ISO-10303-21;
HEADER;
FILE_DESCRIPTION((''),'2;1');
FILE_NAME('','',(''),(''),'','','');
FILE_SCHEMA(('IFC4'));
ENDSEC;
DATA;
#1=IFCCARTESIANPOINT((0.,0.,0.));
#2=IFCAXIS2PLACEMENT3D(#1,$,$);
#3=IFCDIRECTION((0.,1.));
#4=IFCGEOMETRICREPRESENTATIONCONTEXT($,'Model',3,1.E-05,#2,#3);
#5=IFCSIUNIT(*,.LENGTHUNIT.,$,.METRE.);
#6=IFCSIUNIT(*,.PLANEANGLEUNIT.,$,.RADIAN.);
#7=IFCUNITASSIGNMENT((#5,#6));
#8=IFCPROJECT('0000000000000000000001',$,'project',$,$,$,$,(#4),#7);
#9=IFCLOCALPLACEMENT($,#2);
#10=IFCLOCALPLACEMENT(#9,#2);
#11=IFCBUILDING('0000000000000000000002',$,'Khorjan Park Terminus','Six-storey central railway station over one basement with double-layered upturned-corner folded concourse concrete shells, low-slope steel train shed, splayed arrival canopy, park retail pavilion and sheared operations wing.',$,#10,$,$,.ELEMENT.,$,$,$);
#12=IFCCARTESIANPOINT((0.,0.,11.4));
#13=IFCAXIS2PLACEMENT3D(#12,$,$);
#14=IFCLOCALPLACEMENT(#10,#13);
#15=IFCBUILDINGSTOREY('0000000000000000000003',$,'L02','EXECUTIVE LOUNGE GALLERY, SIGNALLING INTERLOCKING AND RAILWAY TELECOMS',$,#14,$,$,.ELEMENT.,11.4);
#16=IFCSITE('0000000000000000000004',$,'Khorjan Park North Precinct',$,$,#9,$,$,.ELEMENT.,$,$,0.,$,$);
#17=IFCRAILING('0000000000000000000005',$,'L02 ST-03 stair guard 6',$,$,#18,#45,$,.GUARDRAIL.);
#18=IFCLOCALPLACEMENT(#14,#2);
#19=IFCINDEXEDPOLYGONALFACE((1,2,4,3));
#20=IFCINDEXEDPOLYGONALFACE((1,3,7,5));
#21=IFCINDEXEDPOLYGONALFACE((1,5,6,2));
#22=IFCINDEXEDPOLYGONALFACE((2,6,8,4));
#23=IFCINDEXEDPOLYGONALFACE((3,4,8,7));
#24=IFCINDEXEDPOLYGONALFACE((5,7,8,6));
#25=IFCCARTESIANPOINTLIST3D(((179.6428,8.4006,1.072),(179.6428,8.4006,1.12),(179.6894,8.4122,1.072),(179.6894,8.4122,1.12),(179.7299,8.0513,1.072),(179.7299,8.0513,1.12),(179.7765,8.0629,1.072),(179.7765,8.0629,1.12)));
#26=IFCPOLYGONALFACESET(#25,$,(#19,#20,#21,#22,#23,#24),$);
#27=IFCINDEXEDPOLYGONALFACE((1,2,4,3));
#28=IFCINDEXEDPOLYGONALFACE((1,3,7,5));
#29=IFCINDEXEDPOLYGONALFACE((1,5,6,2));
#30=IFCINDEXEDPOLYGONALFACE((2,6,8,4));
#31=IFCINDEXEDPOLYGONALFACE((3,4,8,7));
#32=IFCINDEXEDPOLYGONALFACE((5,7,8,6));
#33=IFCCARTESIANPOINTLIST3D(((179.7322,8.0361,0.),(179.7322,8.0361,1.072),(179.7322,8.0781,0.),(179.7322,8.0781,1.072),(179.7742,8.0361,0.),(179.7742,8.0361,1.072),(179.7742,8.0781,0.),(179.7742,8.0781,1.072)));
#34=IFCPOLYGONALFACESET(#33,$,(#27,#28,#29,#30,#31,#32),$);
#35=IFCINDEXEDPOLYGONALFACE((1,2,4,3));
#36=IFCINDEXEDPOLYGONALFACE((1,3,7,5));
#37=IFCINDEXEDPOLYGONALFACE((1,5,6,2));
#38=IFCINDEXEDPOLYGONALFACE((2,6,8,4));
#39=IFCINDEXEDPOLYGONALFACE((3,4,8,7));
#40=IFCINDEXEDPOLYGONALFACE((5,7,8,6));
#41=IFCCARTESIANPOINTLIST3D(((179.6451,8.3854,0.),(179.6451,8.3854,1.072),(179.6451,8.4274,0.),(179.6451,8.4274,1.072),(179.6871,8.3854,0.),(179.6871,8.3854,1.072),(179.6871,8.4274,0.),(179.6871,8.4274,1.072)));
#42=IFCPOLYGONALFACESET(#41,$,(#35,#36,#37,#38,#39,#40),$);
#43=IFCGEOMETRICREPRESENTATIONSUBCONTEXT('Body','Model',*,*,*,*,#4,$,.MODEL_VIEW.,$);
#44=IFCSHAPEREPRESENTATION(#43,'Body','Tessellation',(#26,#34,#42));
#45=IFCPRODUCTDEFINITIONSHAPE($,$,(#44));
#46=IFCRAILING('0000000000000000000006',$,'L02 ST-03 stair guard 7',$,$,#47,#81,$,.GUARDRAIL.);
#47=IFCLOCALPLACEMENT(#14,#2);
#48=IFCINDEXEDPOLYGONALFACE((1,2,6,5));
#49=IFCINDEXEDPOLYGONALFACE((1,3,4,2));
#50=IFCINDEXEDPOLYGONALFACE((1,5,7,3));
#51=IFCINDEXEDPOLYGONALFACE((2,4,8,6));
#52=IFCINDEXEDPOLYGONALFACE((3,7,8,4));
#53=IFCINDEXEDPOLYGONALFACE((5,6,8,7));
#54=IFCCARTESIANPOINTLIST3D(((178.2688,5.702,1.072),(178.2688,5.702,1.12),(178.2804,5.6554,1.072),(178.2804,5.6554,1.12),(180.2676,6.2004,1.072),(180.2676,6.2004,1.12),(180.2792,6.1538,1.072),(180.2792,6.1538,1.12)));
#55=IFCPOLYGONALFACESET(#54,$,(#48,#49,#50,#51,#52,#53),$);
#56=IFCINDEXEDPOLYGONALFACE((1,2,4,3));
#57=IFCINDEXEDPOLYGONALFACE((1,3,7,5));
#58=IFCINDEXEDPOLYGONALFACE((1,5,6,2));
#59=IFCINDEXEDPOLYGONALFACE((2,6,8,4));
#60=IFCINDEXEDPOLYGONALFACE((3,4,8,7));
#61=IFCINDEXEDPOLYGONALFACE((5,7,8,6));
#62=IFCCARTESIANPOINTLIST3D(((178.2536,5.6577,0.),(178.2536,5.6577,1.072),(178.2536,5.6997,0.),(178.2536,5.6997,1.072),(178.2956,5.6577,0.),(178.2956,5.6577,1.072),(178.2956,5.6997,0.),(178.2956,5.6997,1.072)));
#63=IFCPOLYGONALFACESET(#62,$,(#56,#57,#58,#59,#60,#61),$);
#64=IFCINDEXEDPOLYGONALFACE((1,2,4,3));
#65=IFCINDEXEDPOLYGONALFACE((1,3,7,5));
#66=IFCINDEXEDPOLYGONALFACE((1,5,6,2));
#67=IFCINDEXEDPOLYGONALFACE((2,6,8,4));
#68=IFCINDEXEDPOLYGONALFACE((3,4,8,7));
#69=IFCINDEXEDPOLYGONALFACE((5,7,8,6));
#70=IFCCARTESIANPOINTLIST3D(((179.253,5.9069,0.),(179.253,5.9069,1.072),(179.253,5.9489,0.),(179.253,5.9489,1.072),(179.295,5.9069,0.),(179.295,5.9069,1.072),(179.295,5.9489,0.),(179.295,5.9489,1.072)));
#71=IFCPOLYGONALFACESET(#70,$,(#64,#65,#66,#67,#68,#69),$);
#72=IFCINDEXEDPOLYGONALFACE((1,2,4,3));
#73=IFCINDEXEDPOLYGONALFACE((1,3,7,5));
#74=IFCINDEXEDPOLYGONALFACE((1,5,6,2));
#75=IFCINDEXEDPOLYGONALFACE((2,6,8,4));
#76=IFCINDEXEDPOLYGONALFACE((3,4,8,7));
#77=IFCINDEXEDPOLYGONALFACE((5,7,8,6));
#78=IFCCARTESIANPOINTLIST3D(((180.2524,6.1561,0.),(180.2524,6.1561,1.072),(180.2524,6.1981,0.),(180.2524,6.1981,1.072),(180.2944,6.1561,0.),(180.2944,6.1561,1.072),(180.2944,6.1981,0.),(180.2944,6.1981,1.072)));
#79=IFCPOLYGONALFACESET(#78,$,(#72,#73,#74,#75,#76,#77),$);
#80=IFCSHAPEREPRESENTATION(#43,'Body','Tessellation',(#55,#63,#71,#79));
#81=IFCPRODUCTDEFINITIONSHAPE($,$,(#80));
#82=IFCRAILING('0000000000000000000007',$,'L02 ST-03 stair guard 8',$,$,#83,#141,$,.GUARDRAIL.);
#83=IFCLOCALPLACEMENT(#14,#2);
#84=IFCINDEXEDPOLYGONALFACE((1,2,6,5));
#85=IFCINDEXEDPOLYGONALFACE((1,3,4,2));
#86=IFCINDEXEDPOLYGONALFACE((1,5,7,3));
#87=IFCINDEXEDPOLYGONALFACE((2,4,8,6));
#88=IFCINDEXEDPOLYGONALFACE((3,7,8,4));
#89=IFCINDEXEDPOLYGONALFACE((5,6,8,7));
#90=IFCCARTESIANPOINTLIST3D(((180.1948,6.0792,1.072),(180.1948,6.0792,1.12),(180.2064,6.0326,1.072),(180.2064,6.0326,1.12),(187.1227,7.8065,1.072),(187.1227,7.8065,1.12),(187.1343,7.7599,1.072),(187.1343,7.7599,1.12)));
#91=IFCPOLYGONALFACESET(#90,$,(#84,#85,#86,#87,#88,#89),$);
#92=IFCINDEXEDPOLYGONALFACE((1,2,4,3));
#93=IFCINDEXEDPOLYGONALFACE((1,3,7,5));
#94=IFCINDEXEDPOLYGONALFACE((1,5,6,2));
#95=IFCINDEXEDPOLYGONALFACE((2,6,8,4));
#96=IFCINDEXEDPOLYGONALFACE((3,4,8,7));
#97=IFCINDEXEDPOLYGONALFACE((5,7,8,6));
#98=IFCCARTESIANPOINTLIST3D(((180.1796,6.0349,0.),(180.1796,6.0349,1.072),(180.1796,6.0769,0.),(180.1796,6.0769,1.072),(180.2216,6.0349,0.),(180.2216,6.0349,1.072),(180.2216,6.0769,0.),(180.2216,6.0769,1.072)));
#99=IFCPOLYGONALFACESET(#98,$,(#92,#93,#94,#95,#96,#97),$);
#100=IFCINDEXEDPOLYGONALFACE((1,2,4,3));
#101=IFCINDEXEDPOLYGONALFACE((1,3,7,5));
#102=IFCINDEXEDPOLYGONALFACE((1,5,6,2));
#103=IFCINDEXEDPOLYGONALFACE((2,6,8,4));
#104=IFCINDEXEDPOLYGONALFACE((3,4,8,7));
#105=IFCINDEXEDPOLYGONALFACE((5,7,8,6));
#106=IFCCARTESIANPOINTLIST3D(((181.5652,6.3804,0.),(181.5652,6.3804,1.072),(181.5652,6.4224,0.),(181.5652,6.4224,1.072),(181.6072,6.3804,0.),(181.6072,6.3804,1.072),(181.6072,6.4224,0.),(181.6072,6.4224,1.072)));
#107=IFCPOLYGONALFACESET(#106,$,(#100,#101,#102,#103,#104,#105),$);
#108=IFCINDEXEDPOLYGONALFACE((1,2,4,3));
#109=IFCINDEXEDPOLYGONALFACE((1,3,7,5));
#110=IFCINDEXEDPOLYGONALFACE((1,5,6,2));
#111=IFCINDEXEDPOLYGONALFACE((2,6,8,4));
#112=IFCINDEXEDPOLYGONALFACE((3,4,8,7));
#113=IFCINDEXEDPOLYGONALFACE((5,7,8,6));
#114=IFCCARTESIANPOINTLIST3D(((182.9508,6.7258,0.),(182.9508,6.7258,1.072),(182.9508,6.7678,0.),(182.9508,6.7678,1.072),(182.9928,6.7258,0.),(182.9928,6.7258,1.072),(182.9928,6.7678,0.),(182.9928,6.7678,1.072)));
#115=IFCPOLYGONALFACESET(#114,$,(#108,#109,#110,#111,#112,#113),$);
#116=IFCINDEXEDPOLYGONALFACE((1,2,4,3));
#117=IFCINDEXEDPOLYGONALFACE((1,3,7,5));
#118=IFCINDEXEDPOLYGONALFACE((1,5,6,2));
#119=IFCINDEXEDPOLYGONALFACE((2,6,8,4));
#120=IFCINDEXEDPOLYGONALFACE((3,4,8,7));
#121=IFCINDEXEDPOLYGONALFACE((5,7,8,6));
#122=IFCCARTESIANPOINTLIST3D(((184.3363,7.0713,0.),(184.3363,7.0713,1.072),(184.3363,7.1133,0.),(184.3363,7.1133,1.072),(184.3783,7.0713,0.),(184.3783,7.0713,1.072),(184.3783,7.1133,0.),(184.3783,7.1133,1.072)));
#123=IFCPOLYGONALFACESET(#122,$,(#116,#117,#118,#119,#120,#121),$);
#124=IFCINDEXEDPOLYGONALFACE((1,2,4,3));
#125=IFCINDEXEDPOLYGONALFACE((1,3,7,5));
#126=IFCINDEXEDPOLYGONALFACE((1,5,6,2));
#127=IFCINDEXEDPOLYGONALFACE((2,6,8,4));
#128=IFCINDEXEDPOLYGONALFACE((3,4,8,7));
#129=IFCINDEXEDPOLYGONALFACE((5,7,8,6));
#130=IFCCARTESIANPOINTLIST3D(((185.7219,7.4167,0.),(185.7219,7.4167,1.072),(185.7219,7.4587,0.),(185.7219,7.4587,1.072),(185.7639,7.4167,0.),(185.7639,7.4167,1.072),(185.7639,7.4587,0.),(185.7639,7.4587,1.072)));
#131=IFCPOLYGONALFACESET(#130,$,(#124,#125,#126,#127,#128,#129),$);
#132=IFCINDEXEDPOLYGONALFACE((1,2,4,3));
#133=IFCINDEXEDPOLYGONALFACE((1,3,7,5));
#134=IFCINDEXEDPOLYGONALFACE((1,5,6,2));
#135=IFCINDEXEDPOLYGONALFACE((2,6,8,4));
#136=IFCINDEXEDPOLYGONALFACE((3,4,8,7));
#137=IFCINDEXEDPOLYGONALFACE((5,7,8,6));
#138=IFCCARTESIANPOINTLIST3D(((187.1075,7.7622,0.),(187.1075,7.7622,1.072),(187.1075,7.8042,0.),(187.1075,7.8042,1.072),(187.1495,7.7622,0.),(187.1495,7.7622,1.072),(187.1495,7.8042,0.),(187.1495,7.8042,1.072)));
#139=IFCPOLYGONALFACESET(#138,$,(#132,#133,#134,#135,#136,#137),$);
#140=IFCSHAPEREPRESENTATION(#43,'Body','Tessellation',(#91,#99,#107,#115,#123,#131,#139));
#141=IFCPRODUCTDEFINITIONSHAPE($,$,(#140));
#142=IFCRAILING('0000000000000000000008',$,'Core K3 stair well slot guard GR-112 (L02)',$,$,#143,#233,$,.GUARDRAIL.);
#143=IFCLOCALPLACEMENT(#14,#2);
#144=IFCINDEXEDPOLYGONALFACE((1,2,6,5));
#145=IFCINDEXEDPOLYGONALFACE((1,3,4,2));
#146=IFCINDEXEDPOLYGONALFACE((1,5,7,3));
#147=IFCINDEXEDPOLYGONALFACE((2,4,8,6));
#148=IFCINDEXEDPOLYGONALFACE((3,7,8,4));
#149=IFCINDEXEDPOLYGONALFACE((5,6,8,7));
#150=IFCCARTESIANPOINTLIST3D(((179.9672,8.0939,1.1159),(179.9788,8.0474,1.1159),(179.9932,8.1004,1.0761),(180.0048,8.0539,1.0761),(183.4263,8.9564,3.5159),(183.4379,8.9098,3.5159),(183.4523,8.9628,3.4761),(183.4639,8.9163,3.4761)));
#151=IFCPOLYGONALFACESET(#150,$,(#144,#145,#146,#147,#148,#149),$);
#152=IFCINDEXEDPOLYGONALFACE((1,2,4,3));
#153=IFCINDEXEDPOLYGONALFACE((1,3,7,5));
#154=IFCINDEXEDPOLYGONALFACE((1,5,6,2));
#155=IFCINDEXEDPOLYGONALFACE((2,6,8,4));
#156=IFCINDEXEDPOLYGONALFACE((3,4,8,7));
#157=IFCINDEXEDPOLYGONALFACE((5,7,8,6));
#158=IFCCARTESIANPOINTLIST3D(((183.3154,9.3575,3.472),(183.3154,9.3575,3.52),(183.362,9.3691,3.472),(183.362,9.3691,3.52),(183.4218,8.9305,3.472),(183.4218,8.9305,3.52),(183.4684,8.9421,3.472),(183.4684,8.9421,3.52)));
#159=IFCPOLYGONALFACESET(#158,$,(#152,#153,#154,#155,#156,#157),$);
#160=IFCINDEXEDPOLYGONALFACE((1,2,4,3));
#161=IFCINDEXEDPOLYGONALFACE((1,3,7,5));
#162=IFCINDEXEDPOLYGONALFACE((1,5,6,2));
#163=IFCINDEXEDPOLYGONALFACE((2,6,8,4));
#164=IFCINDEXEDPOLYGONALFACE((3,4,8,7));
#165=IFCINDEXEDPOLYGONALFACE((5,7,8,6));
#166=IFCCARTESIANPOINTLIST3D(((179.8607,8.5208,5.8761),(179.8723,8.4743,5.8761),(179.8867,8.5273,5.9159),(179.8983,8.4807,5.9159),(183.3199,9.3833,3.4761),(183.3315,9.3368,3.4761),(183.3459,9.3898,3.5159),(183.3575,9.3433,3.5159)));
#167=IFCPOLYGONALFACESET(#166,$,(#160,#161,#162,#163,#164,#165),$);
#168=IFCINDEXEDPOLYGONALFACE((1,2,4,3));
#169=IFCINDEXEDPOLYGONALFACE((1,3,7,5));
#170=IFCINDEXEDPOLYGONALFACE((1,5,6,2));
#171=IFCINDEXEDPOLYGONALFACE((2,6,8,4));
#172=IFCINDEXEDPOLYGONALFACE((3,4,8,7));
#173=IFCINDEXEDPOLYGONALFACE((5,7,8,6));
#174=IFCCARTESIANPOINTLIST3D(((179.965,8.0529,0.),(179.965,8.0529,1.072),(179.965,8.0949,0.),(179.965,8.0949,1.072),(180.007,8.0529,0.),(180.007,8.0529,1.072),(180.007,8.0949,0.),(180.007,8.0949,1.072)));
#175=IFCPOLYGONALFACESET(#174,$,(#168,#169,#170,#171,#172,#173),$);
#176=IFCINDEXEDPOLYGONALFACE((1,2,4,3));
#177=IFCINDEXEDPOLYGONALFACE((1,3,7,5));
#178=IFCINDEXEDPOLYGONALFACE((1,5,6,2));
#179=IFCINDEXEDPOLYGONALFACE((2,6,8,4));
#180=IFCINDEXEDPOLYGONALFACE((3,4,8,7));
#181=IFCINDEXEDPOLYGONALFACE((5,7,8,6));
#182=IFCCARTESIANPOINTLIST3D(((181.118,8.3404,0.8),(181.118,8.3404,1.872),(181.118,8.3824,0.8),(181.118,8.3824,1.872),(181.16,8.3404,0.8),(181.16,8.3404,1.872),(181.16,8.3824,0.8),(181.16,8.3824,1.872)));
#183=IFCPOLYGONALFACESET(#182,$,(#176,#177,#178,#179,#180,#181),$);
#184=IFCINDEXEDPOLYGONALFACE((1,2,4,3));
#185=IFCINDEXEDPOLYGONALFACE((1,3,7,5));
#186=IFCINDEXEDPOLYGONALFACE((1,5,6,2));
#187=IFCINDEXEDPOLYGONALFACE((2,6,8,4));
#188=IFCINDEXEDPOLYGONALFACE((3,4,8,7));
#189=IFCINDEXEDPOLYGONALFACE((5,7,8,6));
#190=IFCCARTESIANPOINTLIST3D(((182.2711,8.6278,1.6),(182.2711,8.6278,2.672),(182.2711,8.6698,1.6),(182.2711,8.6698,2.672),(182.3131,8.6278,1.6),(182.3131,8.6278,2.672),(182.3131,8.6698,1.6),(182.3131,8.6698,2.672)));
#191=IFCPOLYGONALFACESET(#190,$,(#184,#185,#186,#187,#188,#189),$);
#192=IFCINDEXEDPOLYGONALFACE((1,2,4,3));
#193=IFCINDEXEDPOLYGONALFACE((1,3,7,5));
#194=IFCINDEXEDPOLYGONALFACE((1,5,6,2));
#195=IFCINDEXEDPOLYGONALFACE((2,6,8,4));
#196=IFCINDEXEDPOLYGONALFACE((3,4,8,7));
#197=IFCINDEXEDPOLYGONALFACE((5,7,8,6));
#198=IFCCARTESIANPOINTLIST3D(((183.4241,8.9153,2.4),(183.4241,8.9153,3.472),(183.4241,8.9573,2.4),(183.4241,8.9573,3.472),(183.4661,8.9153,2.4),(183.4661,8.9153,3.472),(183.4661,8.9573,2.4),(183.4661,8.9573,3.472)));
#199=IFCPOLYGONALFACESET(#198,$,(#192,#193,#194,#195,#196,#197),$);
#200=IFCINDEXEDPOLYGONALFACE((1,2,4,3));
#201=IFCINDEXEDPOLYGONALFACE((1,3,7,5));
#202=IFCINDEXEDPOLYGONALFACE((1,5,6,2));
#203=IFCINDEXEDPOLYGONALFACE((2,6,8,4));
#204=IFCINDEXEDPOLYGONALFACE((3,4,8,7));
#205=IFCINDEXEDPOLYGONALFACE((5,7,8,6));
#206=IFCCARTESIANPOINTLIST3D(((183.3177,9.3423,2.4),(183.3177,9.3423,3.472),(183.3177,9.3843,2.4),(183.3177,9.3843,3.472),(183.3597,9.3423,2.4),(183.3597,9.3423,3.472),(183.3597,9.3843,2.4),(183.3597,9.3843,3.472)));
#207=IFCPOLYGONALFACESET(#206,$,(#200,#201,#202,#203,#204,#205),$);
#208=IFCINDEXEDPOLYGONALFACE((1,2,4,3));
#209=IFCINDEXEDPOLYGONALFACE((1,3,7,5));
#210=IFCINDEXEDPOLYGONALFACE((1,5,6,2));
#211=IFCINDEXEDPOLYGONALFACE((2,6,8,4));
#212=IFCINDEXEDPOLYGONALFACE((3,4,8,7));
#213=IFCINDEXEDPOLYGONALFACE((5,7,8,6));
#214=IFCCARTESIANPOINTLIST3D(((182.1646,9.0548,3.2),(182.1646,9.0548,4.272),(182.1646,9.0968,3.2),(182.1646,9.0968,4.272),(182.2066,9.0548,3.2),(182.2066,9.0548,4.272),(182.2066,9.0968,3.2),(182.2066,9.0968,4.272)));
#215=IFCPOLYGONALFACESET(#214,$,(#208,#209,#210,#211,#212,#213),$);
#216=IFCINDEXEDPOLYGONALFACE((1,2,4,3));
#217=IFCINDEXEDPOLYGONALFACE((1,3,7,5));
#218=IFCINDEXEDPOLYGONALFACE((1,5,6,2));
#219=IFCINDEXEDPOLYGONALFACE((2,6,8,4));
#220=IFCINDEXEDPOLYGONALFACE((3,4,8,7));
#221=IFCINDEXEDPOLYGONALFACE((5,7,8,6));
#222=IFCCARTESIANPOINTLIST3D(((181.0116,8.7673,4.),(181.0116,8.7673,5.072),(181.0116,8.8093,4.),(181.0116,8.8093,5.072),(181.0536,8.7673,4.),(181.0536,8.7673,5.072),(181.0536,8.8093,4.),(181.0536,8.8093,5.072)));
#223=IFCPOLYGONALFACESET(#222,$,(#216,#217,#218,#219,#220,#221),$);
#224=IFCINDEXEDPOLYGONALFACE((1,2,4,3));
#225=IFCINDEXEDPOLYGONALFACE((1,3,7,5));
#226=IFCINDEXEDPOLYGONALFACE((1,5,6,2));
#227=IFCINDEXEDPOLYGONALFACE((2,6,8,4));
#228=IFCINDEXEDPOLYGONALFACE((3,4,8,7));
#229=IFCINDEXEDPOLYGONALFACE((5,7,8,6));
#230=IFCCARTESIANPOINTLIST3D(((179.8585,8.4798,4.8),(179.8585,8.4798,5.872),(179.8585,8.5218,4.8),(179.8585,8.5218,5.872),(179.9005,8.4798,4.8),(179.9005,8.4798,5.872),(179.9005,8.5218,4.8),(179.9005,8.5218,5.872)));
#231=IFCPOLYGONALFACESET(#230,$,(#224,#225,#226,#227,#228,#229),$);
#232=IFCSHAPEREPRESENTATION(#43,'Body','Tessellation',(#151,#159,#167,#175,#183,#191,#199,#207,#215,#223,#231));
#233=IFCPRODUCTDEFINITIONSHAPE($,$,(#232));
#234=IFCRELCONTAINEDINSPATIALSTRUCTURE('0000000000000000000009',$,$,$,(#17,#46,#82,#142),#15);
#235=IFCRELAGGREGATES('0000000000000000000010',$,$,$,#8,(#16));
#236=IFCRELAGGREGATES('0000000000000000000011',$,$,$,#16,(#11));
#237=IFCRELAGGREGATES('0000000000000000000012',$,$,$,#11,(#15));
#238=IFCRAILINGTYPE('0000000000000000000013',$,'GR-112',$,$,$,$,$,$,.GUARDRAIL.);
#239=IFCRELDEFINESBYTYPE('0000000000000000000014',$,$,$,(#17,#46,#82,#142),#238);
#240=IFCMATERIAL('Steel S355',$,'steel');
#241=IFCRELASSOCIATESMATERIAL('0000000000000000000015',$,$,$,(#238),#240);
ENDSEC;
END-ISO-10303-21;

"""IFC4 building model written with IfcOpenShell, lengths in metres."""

from ifc_helpers import new_model, si_unit, direction, frame, origin, origin_2d, place, context, subcontext, project, spatial, rectangle, extrude, material, type_object, element, save


model = new_model("IFC4")

# Units and contexts
model_context = context("Model", 3, precision=1e-05, world=origin(), true_north=direction((0.0, 1.0)))
body_context = subcontext(model_context, "Body", "Model", "MODEL_VIEW")
ifc_project = project(units=[si_unit("LENGTHUNIT", "METRE"), si_unit("PLANEANGLEUNIT", "RADIAN")], contexts=[model_context])

# Site, building, storey
site_placement = place(None, origin())
site = spatial("IfcSite", under=ifc_project, at=site_placement, Name="Khorjan Park North Precinct", CompositionType="ELEMENT", RefElevation=0.0)
building_placement = place(site_placement, origin())
building = spatial("IfcBuilding", under=site, at=building_placement, Name="Khorjan Park Terminus", Description="Six-storey central railway station over one basement with double-layered upturned-corner folded concourse concrete shells, low-slope steel train shed, splayed arrival canopy, park retail pavilion and sheared operations wing.", CompositionType="ELEMENT")
storey_placement = place(building_placement, frame((0.0, 0.0, 11.4)))
storey = spatial("IfcBuildingStorey", under=building, at=storey_placement, Name="L02", Description="EXECUTIVE LOUNGE GALLERY, SIGNALLING INTERLOCKING AND RAILWAY TELECOMS", CompositionType="ELEMENT", Elevation=11.4)

# Shared definitions
ifc_material_1 = material(Name="Steel S355", Category="steel")

# Railings
railing_type_1 = type_object("IfcRailingType", Name="GR-112", PredefinedType="GUARDRAIL", material=ifc_material_1)
railing_1_placement = place(storey_placement, frame((179.7532, 8.0571, 0.0)))
element("IfcRailing", 1, at=railing_1_placement, inside=storey, type_object=railing_type_1, Name="L02 ST-03 stair guard 6", PredefinedType="GUARDRAIL", context=body_context, shape_type="SweptSolid", body=[
    extrude(rectangle(XDim=0.048, YDim=0.048, at=origin_2d()), frame((0.0, 0.0, 1.096), z_axis=(-0.241947, 0.970289, 0.0), x_axis=(-0.970289, -0.241947, 0.0)), (0.0, 0.0, 1.0), 0.36),
    extrude(rectangle(XDim=0.042, YDim=0.042, at=origin_2d()), origin(), (0.0, 0.0, 1.0), 1.072),
    extrude(rectangle(XDim=0.042, YDim=0.042, at=origin_2d()), frame((-0.0871, 0.3493, 0.0)), (0.0, 0.0, 1.0), 1.072),
])
railing_2_placement = place(storey_placement, frame((178.2746, 5.6787, 0.0)))
element("IfcRailing", 2, at=railing_2_placement, inside=storey, type_object=railing_type_1, Name="L02 ST-03 stair guard 7", PredefinedType="GUARDRAIL", context=body_context, shape_type="SweptSolid", body=[
    extrude(rectangle(XDim=0.048, YDim=0.048, at=origin_2d()), frame((0.0, 0.0, 1.096), z_axis=(0.970291, 0.241942, 0.0), x_axis=(-0.241942, 0.970291, 0.0)), (0.0, 0.0, 1.0), 2.06),
    extrude(rectangle(XDim=0.042, YDim=0.042, at=origin_2d()), origin(), (0.0, 0.0, 1.0), 1.072),
    extrude(rectangle(XDim=0.042, YDim=0.042, at=origin_2d()), frame((0.9994, 0.2492, 0.0)), (0.0, 0.0, 1.0), 1.072),
    extrude(rectangle(XDim=0.042, YDim=0.042, at=origin_2d()), frame((1.9988, 0.4984, 0.0)), (0.0, 0.0, 1.0), 1.072),
])
railing_3_placement = place(storey_placement, frame((180.2006, 6.0559, 0.0)))
element("IfcRailing", 3, at=railing_3_placement, inside=storey, type_object=railing_type_1, Name="L02 ST-03 stair guard 8", PredefinedType="GUARDRAIL", context=body_context, shape_type="SweptSolid", body=[
    extrude(rectangle(XDim=0.048, YDim=0.048, at=origin_2d()), frame((0.0, 0.0, 1.096), z_axis=(0.970296, 0.241919, 0.0), x_axis=(-0.241919, 0.970296, 0.0)), (0.0, 0.0, 1.0), 7.14),
    extrude(rectangle(XDim=0.042, YDim=0.042, at=origin_2d()), origin(), (0.0, 0.0, 1.0), 1.072),
    extrude(rectangle(XDim=0.042, YDim=0.042, at=origin_2d()), frame((1.3856, 0.3455, 0.0)), (0.0, 0.0, 1.0), 1.072),
    extrude(rectangle(XDim=0.042, YDim=0.042, at=origin_2d()), frame((2.7712, 0.6909, 0.0)), (0.0, 0.0, 1.0), 1.072),
    extrude(rectangle(XDim=0.042, YDim=0.042, at=origin_2d()), frame((4.1567, 1.0364, 0.0)), (0.0, 0.0, 1.0), 1.072),
    extrude(rectangle(XDim=0.042, YDim=0.042, at=origin_2d()), frame((5.5423, 1.3818, 0.0)), (0.0, 0.0, 1.0), 1.072),
    extrude(rectangle(XDim=0.042, YDim=0.042, at=origin_2d()), frame((6.9279, 1.7273, 0.0)), (0.0, 0.0, 1.0), 1.072),
])
railing_4_placement = place(storey_placement, frame((179.986, 8.0739, 0.0)))
element("IfcRailing", 4, at=railing_4_placement, inside=storey, type_object=railing_type_1, Name="Core K3 stair well slot guard GR-112 (L02)", PredefinedType="GUARDRAIL", context=body_context, shape_type="SweptSolid", body=[
    extrude(rectangle(XDim=0.048, YDim=0.048, at=origin_2d()), frame((0.0, 0.0, 1.096), z_axis=(0.804897, 0.200672, 0.558455), x_axis=(-0.241909, 0.970299, 0.0)), (0.0, 0.0, 1.0), 4.2976),
    extrude(rectangle(XDim=0.048, YDim=0.048, at=origin_2d()), frame((3.4591, 0.8624, 3.496), z_axis=(-0.241787, 0.970329, 0.0), x_axis=(-0.970329, -0.241787, 0.0)), (0.0, 0.0, 1.0), 0.4401),
    extrude(rectangle(XDim=0.048, YDim=0.048, at=origin_2d()), frame((3.3527, 1.2894, 3.496), z_axis=(-0.804901, -0.20069, 0.558442), x_axis=(0.241928, -0.970294, 0.0)), (0.0, 0.0, 1.0), 4.2977),
    extrude(rectangle(XDim=0.042, YDim=0.042, at=origin_2d()), origin(), (0.0, 0.0, 1.0), 1.072),
    extrude(rectangle(XDim=0.042, YDim=0.042, at=origin_2d()), frame((1.153, 0.2875, 0.8)), (0.0, 0.0, 1.0), 1.072),
    extrude(rectangle(XDim=0.042, YDim=0.042, at=origin_2d()), frame((2.3061, 0.5749, 1.6)), (0.0, 0.0, 1.0), 1.072),
    extrude(rectangle(XDim=0.042, YDim=0.042, at=origin_2d()), frame((3.4591, 0.8624, 2.4)), (0.0, 0.0, 1.0), 1.072),
    extrude(rectangle(XDim=0.042, YDim=0.042, at=origin_2d()), frame((3.3527, 1.2894, 2.4)), (0.0, 0.0, 1.0), 1.072),
    extrude(rectangle(XDim=0.042, YDim=0.042, at=origin_2d()), frame((2.1996, 1.0019, 3.2)), (0.0, 0.0, 1.0), 1.072),
    extrude(rectangle(XDim=0.042, YDim=0.042, at=origin_2d()), frame((1.0466, 0.7144, 4.0)), (0.0, 0.0, 1.0), 1.072),
    extrude(rectangle(XDim=0.042, YDim=0.042, at=origin_2d()), frame((-0.1065, 0.4269, 4.8)), (0.0, 0.0, 1.0), 1.072),
])

save(model, "model.ifc")
